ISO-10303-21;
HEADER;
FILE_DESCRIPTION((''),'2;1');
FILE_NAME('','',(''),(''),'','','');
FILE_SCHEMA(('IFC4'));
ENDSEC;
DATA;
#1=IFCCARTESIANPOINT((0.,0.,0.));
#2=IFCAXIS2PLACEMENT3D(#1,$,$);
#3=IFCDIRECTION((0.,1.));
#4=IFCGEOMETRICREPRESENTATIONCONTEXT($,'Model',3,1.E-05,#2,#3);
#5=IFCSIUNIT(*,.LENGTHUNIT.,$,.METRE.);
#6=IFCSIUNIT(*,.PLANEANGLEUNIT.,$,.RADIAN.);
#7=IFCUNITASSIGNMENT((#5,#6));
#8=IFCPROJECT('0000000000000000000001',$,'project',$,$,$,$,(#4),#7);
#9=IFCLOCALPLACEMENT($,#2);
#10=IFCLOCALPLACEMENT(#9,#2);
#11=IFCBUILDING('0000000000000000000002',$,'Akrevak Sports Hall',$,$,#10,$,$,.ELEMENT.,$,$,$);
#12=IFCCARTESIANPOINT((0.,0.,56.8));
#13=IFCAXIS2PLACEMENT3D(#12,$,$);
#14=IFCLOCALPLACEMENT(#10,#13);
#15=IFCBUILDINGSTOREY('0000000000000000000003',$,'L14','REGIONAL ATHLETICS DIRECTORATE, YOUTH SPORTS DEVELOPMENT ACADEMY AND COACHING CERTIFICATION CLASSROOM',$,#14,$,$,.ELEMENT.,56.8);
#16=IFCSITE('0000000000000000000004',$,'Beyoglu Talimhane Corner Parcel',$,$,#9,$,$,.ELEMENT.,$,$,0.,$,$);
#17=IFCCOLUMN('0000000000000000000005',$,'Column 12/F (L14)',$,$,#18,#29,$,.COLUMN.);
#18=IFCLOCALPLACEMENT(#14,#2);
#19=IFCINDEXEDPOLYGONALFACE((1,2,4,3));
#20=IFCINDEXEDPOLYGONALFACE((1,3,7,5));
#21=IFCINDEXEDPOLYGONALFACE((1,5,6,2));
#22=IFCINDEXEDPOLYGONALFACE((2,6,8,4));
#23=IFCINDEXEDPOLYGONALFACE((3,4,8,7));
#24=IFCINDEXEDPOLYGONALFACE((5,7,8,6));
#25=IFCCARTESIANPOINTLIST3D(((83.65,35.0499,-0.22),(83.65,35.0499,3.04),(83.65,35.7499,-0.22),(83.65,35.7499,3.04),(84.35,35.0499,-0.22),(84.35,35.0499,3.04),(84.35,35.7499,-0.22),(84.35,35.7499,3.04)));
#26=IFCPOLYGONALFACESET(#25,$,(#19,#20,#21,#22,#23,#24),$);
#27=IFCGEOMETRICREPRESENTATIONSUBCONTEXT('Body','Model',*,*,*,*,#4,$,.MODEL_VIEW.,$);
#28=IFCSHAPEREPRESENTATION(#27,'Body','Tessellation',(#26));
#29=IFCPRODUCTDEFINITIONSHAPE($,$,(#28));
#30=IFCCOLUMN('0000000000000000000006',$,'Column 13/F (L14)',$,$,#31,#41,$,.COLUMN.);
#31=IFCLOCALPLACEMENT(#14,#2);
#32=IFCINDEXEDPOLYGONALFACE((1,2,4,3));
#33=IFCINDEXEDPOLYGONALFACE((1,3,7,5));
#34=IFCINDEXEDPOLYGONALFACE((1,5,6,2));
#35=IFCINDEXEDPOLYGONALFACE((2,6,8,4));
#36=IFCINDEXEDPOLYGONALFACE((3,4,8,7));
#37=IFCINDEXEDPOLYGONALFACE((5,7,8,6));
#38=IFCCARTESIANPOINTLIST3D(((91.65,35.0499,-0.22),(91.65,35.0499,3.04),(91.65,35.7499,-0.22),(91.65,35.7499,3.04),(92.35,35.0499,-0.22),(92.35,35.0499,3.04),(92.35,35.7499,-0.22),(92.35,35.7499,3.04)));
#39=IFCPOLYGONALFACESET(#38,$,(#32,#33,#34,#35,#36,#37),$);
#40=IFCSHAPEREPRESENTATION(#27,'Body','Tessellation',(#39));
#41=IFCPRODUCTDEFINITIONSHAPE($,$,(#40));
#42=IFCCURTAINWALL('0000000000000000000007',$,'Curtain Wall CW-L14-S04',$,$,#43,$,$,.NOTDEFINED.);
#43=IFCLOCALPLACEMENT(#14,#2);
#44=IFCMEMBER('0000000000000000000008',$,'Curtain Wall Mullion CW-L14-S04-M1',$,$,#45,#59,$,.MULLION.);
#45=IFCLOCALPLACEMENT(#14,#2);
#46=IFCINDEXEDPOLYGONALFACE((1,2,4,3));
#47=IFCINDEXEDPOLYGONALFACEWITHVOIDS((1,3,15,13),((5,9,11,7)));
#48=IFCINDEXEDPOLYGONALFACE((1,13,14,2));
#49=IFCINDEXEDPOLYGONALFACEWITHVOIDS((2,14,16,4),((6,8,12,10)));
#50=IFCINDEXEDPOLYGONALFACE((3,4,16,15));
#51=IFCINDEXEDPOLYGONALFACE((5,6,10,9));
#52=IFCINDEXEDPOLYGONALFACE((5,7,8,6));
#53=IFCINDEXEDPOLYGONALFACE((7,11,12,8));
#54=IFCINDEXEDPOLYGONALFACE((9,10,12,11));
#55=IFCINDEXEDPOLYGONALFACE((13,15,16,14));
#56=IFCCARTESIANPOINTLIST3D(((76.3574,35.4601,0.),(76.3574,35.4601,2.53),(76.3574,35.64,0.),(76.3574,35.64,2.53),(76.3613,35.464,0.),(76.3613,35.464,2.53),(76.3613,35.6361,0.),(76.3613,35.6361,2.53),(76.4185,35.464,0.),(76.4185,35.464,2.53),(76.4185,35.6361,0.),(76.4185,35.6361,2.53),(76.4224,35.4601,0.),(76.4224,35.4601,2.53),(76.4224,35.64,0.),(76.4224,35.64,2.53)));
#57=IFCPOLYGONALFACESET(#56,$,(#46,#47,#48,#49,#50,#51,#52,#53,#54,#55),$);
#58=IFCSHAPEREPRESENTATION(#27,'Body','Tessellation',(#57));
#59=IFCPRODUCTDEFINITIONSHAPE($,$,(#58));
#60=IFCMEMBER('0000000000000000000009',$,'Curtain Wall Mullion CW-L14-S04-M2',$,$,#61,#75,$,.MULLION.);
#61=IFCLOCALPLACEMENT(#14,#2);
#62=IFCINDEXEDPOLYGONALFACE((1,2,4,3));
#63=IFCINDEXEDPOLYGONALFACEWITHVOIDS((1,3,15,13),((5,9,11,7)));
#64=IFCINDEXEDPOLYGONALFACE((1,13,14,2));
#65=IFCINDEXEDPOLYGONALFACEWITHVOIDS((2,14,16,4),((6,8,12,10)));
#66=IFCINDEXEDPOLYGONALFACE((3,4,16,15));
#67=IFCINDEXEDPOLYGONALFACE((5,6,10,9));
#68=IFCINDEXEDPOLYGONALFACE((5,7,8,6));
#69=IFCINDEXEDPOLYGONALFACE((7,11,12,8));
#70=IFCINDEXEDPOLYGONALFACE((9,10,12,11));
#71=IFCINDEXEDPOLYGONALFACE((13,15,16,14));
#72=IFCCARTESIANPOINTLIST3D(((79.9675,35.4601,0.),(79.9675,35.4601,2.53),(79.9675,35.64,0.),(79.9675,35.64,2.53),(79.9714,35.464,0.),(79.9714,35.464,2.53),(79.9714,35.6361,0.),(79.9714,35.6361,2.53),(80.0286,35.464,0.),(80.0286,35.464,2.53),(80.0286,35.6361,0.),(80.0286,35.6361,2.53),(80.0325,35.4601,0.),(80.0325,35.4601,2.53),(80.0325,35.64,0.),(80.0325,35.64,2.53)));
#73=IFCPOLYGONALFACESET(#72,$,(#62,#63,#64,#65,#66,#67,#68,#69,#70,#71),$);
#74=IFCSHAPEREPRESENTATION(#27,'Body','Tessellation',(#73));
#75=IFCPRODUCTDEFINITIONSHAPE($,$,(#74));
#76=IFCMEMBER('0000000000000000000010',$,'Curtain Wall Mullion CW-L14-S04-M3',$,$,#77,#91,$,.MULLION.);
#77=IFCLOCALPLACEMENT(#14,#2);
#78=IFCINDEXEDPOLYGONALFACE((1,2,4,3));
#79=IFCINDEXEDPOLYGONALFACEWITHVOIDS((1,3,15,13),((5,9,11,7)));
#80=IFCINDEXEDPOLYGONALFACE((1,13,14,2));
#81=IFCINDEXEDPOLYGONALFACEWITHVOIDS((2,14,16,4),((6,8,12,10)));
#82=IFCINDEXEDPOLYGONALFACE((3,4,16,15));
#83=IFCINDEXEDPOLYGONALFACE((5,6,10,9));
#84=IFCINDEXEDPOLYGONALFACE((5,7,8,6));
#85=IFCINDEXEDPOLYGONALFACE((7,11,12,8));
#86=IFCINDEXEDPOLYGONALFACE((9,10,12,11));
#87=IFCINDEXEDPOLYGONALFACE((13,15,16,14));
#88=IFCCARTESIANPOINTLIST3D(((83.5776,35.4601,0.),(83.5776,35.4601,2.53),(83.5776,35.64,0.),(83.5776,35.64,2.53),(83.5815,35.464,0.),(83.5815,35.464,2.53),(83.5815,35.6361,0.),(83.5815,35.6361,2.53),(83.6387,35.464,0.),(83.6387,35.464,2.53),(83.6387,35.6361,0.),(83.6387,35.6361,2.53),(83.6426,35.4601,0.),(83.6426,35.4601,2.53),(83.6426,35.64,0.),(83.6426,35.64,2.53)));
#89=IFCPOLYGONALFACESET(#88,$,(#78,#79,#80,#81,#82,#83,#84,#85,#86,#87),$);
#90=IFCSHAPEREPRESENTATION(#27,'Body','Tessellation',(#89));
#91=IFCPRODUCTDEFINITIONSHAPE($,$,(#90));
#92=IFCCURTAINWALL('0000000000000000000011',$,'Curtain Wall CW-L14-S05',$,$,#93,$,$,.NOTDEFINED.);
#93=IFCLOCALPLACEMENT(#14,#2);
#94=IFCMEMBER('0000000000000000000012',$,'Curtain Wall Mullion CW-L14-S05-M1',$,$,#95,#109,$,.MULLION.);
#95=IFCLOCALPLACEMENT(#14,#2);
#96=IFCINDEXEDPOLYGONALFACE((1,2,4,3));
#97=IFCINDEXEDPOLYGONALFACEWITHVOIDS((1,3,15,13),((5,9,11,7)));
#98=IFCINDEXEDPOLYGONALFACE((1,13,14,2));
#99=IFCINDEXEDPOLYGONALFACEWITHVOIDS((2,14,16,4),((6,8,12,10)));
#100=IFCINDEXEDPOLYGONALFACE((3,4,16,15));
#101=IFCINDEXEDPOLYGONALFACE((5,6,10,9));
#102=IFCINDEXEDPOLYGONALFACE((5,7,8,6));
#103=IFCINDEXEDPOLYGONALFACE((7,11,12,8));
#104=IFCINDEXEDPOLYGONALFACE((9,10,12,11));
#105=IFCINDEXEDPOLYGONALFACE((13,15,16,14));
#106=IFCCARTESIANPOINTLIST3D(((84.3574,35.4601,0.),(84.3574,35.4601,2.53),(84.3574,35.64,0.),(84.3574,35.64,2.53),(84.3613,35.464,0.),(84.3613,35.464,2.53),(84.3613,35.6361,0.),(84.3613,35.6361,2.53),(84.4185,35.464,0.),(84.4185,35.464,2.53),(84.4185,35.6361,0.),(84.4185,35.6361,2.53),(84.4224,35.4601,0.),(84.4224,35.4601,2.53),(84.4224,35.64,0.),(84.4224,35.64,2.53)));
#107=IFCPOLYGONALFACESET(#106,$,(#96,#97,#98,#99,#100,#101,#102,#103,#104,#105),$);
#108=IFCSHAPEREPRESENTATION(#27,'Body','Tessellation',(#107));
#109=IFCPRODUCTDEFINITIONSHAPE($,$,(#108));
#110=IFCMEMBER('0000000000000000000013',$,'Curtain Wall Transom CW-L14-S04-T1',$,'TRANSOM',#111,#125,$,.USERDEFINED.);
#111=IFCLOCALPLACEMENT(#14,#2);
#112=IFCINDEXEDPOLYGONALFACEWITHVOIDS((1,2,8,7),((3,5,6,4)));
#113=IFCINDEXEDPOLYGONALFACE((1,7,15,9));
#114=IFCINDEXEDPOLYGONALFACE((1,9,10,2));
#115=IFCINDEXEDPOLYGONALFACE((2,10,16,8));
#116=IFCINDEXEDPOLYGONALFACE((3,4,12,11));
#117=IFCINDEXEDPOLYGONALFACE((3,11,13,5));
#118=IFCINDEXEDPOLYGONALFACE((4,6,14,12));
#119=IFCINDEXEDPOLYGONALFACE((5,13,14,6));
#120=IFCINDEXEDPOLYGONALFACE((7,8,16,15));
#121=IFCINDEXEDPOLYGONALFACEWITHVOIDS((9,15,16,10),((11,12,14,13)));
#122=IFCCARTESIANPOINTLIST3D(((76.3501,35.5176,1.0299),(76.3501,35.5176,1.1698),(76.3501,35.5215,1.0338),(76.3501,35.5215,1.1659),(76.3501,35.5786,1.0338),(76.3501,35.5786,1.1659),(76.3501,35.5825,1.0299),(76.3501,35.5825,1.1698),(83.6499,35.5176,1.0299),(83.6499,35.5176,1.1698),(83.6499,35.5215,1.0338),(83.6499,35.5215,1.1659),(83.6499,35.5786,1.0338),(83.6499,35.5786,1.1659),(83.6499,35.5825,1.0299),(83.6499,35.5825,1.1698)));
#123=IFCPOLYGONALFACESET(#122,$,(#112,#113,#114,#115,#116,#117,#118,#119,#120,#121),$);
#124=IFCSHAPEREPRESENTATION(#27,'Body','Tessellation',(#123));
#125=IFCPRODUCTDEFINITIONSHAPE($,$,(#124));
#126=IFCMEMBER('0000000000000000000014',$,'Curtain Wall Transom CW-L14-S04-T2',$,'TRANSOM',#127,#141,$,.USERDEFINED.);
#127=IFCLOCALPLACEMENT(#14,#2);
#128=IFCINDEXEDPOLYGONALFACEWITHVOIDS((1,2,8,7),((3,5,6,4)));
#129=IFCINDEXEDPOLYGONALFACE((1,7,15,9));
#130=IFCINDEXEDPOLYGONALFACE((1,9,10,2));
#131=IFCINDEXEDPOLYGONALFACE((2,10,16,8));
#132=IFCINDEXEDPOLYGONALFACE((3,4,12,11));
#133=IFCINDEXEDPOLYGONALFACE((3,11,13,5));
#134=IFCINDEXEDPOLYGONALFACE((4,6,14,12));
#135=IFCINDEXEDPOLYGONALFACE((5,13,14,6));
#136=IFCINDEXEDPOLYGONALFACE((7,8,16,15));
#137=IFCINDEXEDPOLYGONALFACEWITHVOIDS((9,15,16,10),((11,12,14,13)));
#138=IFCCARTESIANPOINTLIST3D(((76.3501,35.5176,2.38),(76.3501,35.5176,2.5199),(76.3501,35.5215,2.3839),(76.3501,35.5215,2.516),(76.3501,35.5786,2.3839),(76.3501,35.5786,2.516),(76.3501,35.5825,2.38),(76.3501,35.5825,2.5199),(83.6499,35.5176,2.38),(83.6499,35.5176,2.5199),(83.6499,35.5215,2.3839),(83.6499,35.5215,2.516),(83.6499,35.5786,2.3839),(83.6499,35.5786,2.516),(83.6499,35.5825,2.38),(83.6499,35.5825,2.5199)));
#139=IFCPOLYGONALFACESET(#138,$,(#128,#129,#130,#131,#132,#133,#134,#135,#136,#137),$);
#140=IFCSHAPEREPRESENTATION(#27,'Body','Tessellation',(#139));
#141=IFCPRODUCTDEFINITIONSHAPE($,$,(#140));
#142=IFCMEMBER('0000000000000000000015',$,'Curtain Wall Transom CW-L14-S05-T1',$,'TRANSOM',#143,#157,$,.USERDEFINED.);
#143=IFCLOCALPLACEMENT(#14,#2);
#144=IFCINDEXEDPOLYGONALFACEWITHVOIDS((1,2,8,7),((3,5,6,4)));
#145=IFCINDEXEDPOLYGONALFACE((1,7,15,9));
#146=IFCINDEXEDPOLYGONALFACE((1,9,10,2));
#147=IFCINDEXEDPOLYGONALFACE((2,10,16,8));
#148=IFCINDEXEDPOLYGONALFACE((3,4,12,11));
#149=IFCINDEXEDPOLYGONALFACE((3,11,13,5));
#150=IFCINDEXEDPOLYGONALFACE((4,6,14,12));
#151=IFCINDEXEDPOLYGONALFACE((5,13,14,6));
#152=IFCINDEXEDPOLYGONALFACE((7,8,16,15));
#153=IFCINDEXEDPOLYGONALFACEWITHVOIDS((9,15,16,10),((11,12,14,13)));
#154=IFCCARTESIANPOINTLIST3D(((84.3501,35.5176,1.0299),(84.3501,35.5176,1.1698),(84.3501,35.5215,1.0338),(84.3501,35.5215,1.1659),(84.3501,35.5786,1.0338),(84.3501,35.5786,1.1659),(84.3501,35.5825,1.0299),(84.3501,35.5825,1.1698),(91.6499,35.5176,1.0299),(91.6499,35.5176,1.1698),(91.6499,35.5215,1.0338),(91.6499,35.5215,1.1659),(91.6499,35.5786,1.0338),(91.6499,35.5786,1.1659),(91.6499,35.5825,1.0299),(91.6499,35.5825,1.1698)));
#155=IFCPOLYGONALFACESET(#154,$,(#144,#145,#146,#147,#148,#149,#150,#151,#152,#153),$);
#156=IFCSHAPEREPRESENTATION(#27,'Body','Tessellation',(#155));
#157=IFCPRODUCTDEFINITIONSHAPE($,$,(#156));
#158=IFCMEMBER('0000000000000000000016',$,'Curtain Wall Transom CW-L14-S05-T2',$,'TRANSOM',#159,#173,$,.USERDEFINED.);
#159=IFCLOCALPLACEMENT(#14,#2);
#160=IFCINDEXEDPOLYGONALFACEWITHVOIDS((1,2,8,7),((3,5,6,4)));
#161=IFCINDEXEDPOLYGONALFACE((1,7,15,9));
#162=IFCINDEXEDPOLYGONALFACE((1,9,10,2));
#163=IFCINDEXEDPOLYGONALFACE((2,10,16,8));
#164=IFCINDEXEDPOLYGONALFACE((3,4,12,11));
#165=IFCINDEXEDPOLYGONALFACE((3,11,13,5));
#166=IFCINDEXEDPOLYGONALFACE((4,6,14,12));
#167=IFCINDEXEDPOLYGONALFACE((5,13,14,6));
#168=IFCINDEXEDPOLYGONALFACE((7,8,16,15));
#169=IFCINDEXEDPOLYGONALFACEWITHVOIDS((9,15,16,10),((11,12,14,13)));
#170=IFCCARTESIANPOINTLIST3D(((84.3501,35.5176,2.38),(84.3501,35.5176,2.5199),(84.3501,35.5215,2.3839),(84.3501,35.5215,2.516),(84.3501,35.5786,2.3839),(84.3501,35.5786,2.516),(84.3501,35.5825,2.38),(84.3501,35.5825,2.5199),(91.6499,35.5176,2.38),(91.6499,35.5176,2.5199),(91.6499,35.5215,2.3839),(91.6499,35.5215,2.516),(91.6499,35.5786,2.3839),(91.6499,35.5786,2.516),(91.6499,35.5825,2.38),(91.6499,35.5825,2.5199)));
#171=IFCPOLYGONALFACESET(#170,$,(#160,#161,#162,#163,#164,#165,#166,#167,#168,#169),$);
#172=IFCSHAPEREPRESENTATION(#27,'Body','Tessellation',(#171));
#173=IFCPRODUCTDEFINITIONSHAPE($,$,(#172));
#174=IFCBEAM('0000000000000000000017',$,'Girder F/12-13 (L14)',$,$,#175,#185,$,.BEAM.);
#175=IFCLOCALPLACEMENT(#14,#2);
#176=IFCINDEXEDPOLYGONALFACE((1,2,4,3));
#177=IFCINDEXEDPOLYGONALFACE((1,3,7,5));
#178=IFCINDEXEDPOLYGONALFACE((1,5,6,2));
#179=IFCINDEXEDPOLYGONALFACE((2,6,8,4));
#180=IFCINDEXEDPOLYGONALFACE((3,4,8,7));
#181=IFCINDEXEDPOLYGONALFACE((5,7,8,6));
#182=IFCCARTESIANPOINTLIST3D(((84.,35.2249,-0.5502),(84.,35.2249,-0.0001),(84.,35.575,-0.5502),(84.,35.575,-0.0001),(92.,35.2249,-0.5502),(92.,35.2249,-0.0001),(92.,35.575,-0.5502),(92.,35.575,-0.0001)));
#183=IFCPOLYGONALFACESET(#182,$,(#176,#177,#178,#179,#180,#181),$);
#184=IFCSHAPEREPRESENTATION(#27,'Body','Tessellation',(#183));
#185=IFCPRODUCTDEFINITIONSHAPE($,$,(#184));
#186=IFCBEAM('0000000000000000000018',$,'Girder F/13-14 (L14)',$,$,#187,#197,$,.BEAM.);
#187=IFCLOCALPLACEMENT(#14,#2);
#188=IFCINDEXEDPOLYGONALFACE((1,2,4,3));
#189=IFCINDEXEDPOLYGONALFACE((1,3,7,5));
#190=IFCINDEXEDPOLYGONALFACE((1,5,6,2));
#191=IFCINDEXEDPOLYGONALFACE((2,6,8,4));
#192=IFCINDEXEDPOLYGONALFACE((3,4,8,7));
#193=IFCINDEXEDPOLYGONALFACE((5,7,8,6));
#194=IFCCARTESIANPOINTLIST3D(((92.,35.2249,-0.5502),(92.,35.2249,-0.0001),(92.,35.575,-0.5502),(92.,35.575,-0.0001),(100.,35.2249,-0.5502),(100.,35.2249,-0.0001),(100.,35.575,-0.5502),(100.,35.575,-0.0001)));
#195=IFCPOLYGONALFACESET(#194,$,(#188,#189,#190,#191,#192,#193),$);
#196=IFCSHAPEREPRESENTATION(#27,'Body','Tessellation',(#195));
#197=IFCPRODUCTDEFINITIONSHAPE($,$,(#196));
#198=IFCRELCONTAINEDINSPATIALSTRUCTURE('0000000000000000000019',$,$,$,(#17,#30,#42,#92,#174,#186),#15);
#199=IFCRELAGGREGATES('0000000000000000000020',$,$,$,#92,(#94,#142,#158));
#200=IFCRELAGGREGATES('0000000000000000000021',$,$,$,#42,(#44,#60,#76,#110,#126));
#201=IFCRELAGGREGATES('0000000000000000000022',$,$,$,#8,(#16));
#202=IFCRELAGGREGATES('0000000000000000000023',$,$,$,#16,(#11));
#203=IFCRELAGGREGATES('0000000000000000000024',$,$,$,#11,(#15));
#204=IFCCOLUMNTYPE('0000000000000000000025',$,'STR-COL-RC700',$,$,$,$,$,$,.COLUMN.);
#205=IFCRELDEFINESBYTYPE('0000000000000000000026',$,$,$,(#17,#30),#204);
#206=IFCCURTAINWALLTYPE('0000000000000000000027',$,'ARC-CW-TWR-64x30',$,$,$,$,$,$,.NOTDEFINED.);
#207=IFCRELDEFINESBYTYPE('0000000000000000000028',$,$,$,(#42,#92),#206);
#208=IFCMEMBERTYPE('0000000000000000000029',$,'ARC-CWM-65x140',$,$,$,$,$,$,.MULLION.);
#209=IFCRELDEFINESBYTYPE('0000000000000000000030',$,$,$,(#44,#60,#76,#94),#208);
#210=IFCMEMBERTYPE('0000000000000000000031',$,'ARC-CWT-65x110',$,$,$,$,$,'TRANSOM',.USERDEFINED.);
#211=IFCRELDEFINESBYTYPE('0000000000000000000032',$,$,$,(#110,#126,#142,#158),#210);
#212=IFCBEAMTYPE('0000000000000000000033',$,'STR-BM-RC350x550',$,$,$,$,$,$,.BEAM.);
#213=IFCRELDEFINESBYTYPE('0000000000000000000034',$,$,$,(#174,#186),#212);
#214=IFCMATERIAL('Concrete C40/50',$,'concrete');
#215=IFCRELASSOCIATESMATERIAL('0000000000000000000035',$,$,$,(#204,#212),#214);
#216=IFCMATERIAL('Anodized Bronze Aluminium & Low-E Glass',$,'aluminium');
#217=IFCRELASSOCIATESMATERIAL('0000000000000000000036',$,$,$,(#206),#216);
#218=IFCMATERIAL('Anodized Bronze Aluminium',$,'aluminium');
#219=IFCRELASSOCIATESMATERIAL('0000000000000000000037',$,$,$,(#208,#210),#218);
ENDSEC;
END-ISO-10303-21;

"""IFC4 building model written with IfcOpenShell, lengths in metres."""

from ifc_helpers import new_model, si_unit, direction, frame, origin, origin_2d, place, context, subcontext, project, spatial, rectangle, hollow_rectangle, extrude, material, material_profile, profile_set, type_object, element, aggregate, save


model = new_model("IFC4")

# Units and contexts
model_context = context("Model", 3, precision=1e-05, world=origin(), true_north=direction((0.0, 1.0)))
body_context = subcontext(model_context, "Body", "Model", "MODEL_VIEW")
ifc_project = project(units=[si_unit("LENGTHUNIT", "METRE"), si_unit("PLANEANGLEUNIT", "RADIAN")], contexts=[model_context])

# Site, building, storey
site_placement = place(None, origin())
site = spatial("IfcSite", under=ifc_project, at=site_placement, Name="Beyoglu Talimhane Corner Parcel", CompositionType="ELEMENT", RefElevation=0.0)
building_placement = place(site_placement, origin())
building = spatial("IfcBuilding", under=site, at=building_placement, Name="Akrevak Sports Hall", CompositionType="ELEMENT")
storey_placement = place(building_placement, frame((0.0, 0.0, 56.8)))
storey = spatial("IfcBuildingStorey", under=building, at=storey_placement, Name="L14", Description="REGIONAL ATHLETICS DIRECTORATE, YOUTH SPORTS DEVELOPMENT ACADEMY AND COACHING CERTIFICATION CLASSROOM", CompositionType="ELEMENT", Elevation=56.8)

# Columns
ifc_material_1 = material(Name="Concrete C40/50", Category="concrete")
ifc_material_profile_1 = material_profile(ifc_material_1, rectangle(XDim=0.7, YDim=0.7, at=origin_2d()), Name="RC 700x700", Category="concrete")
ifc_profile_set_1 = profile_set([ifc_material_profile_1], Name="Concrete C40/50")
column_type = type_object("IfcColumnType", Name="STR-COL-RC700", PredefinedType="COLUMN", material=ifc_profile_set_1)
for number, where, z_axis, x_axis, name in (
    (1, (84.0, 35.3999, -0.22), (0.0, 0.0, 1.0), (1.0, 0.0, 0.0), "Column 12/F (L14)"),
    (2, (92.0, 35.3999, -0.22), (0.0, 0.0, 1.0), (1.0, 0.0, 0.0), "Column 13/F (L14)"),
):
    element("IfcColumn", number, at=place(storey_placement, frame(where, z_axis=z_axis, x_axis=x_axis)), inside=storey, type_object=column_type, Name=name, PredefinedType="COLUMN", context=body_context, shape_type="SweptSolid", body=[
        extrude(rectangle(XDim=0.7, YDim=0.7, at=origin_2d()), origin(), (0.0, 0.0, 1.0), 3.26),
    ])

# Curtain wall, members
ifc_material_2 = material(Name="Anodized Bronze Aluminium & Low-E Glass", Category="aluminium")
curtain_wall_type = type_object("IfcCurtainWallType", Name="ARC-CW-TWR-64x30", PredefinedType="NOTDEFINED", material=ifc_material_2)
curtain_wall_1_placement = place(storey_placement, origin())
curtain_wall_1 = element("IfcCurtainWall", 3, at=curtain_wall_1_placement, inside=storey, type_object=curtain_wall_type, Name="Curtain Wall CW-L14-S04", PredefinedType="NOTDEFINED")
ifc_material_3 = material(Name="Anodized Bronze Aluminium", Category="aluminium")
ifc_material_profile_2 = material_profile(ifc_material_3, hollow_rectangle(XDim=0.0649, YDim=0.1799, WallThickness=0.0039, at=origin_2d()), Name="CWM 65x180", Category="aluminium")
ifc_profile_set_2 = profile_set([ifc_material_profile_2], Name="Anodized Bronze Aluminium")
member_type_1 = type_object("IfcMemberType", Name="ARC-CWM-65x140", PredefinedType="MULLION", material=ifc_profile_set_2)
member_1_placement = place(storey_placement, frame((76.3899, 35.55, 0.0), z_axis=(0.0, 0.0, 1.0), x_axis=(1.0, 0.0, 0.0)))
member_1 = element("IfcMember", 4, at=member_1_placement, type_object=member_type_1, Name="Curtain Wall Mullion CW-L14-S04-M1", PredefinedType="MULLION", context=body_context, shape_type="SweptSolid", body=[
    extrude(hollow_rectangle(XDim=0.0649, YDim=0.1799, WallThickness=0.0039, at=origin_2d()), origin(), (0.0, 0.0, 1.0), 2.53),
])
member_2_placement = place(storey_placement, frame((80.0, 35.55, 0.0), z_axis=(0.0, 0.0, 1.0), x_axis=(1.0, 0.0, 0.0)))
member_2 = element("IfcMember", 5, at=member_2_placement, type_object=member_type_1, Name="Curtain Wall Mullion CW-L14-S04-M2", PredefinedType="MULLION", context=body_context, shape_type="SweptSolid", body=[
    extrude(hollow_rectangle(XDim=0.0649, YDim=0.1799, WallThickness=0.0039, at=origin_2d()), origin(), (0.0, 0.0, 1.0), 2.53),
])
member_3_placement = place(storey_placement, frame((83.6101, 35.55, 0.0), z_axis=(0.0, 0.0, 1.0), x_axis=(1.0, 0.0, 0.0)))
member_3 = element("IfcMember", 6, at=member_3_placement, type_object=member_type_1, Name="Curtain Wall Mullion CW-L14-S04-M3", PredefinedType="MULLION", context=body_context, shape_type="SweptSolid", body=[
    extrude(hollow_rectangle(XDim=0.0649, YDim=0.1799, WallThickness=0.0039, at=origin_2d()), origin(), (0.0, 0.0, 1.0), 2.53),
])

# Curtain wall, member
curtain_wall_2_placement = place(storey_placement, origin())
curtain_wall_2 = element("IfcCurtainWall", 7, at=curtain_wall_2_placement, inside=storey, type_object=curtain_wall_type, Name="Curtain Wall CW-L14-S05", PredefinedType="NOTDEFINED")
member_4_placement = place(storey_placement, frame((84.3899, 35.55, 0.0), z_axis=(0.0, 0.0, 1.0), x_axis=(1.0, 0.0, 0.0)))
member_4 = element("IfcMember", 8, at=member_4_placement, type_object=member_type_1, Name="Curtain Wall Mullion CW-L14-S05-M1", PredefinedType="MULLION", context=body_context, shape_type="SweptSolid", body=[
    extrude(hollow_rectangle(XDim=0.0649, YDim=0.1799, WallThickness=0.0039, at=origin_2d()), origin(), (0.0, 0.0, 1.0), 2.53),
])

# Members
ifc_material_profile_3 = material_profile(ifc_material_3, hollow_rectangle(XDim=0.0649, YDim=0.1399, WallThickness=0.0039, at=origin_2d()), Name="CWT 65x140", Category="aluminium")
ifc_profile_set_3 = profile_set([ifc_material_profile_3], Name="Anodized Bronze Aluminium")
member_type_2 = type_object("IfcMemberType", Name="ARC-CWT-65x110", ElementType="TRANSOM", PredefinedType="USERDEFINED", material=ifc_profile_set_3)
member_5_placement = place(storey_placement, frame((76.3501, 35.55, 1.0999), z_axis=(1.0, 0.0, 0.0), x_axis=(0.0, 1.0, 0.0)))
member_5 = element("IfcMember", 9, at=member_5_placement, type_object=member_type_2, Name="Curtain Wall Transom CW-L14-S04-T1", ObjectType="TRANSOM", PredefinedType="USERDEFINED", context=body_context, shape_type="SweptSolid", body=[
    extrude(hollow_rectangle(XDim=0.0649, YDim=0.1399, WallThickness=0.0039, at=origin_2d()), origin(), (0.0, 0.0, 1.0), 7.2998),
])
member_6_placement = place(storey_placement, frame((76.3501, 35.55, 2.45), z_axis=(1.0, 0.0, 0.0), x_axis=(0.0, 1.0, 0.0)))
member_6 = element("IfcMember", 10, at=member_6_placement, type_object=member_type_2, Name="Curtain Wall Transom CW-L14-S04-T2", ObjectType="TRANSOM", PredefinedType="USERDEFINED", context=body_context, shape_type="SweptSolid", body=[
    extrude(hollow_rectangle(XDim=0.0649, YDim=0.1399, WallThickness=0.0039, at=origin_2d()), origin(), (0.0, 0.0, 1.0), 7.2998),
])
member_7_placement = place(storey_placement, frame((84.3501, 35.55, 1.0999), z_axis=(1.0, 0.0, 0.0), x_axis=(0.0, 1.0, 0.0)))
member_7 = element("IfcMember", 11, at=member_7_placement, type_object=member_type_2, Name="Curtain Wall Transom CW-L14-S05-T1", ObjectType="TRANSOM", PredefinedType="USERDEFINED", context=body_context, shape_type="SweptSolid", body=[
    extrude(hollow_rectangle(XDim=0.0649, YDim=0.1399, WallThickness=0.0039, at=origin_2d()), origin(), (0.0, 0.0, 1.0), 7.2998),
])
member_8_placement = place(storey_placement, frame((84.3501, 35.55, 2.45), z_axis=(1.0, 0.0, 0.0), x_axis=(0.0, 1.0, 0.0)))
member_8 = element("IfcMember", 12, at=member_8_placement, type_object=member_type_2, Name="Curtain Wall Transom CW-L14-S05-T2", ObjectType="TRANSOM", PredefinedType="USERDEFINED", context=body_context, shape_type="SweptSolid", body=[
    extrude(hollow_rectangle(XDim=0.0649, YDim=0.1399, WallThickness=0.0039, at=origin_2d()), origin(), (0.0, 0.0, 1.0), 7.2998),
])

# Beams
ifc_material_profile_4 = material_profile(ifc_material_1, rectangle(XDim=0.3501, YDim=0.55, at=origin_2d()), Name="BM 350x550", Category="concrete")
ifc_profile_set_4 = profile_set([ifc_material_profile_4], Name="Concrete C40/50")
beam_type = type_object("IfcBeamType", Name="STR-BM-RC350x550", PredefinedType="BEAM", material=ifc_profile_set_4)
for number, where, z_axis, x_axis, name in (
    (13, (84.0, 35.3999, -0.2751), (1.0, 0.0, 0.0), (0.0, 1.0, 0.0), "Girder F/12-13 (L14)"),
    (14, (92.0, 35.3999, -0.2751), (1.0, 0.0, 0.0), (0.0, 1.0, 0.0), "Girder F/13-14 (L14)"),
):
    element("IfcBeam", number, at=place(storey_placement, frame(where, z_axis=z_axis, x_axis=x_axis)), inside=storey, type_object=beam_type, Name=name, PredefinedType="BEAM", context=body_context, shape_type="SweptSolid", body=[
        extrude(rectangle(XDim=0.3501, YDim=0.55, at=origin_2d()), origin(), (0.0, 0.0, 1.0), 8.0),
    ])

aggregate(curtain_wall_2, [member_4, member_7, member_8])
aggregate(curtain_wall_1, [member_1, member_2, member_3, member_5, member_6])

save(model, "model.ifc")
